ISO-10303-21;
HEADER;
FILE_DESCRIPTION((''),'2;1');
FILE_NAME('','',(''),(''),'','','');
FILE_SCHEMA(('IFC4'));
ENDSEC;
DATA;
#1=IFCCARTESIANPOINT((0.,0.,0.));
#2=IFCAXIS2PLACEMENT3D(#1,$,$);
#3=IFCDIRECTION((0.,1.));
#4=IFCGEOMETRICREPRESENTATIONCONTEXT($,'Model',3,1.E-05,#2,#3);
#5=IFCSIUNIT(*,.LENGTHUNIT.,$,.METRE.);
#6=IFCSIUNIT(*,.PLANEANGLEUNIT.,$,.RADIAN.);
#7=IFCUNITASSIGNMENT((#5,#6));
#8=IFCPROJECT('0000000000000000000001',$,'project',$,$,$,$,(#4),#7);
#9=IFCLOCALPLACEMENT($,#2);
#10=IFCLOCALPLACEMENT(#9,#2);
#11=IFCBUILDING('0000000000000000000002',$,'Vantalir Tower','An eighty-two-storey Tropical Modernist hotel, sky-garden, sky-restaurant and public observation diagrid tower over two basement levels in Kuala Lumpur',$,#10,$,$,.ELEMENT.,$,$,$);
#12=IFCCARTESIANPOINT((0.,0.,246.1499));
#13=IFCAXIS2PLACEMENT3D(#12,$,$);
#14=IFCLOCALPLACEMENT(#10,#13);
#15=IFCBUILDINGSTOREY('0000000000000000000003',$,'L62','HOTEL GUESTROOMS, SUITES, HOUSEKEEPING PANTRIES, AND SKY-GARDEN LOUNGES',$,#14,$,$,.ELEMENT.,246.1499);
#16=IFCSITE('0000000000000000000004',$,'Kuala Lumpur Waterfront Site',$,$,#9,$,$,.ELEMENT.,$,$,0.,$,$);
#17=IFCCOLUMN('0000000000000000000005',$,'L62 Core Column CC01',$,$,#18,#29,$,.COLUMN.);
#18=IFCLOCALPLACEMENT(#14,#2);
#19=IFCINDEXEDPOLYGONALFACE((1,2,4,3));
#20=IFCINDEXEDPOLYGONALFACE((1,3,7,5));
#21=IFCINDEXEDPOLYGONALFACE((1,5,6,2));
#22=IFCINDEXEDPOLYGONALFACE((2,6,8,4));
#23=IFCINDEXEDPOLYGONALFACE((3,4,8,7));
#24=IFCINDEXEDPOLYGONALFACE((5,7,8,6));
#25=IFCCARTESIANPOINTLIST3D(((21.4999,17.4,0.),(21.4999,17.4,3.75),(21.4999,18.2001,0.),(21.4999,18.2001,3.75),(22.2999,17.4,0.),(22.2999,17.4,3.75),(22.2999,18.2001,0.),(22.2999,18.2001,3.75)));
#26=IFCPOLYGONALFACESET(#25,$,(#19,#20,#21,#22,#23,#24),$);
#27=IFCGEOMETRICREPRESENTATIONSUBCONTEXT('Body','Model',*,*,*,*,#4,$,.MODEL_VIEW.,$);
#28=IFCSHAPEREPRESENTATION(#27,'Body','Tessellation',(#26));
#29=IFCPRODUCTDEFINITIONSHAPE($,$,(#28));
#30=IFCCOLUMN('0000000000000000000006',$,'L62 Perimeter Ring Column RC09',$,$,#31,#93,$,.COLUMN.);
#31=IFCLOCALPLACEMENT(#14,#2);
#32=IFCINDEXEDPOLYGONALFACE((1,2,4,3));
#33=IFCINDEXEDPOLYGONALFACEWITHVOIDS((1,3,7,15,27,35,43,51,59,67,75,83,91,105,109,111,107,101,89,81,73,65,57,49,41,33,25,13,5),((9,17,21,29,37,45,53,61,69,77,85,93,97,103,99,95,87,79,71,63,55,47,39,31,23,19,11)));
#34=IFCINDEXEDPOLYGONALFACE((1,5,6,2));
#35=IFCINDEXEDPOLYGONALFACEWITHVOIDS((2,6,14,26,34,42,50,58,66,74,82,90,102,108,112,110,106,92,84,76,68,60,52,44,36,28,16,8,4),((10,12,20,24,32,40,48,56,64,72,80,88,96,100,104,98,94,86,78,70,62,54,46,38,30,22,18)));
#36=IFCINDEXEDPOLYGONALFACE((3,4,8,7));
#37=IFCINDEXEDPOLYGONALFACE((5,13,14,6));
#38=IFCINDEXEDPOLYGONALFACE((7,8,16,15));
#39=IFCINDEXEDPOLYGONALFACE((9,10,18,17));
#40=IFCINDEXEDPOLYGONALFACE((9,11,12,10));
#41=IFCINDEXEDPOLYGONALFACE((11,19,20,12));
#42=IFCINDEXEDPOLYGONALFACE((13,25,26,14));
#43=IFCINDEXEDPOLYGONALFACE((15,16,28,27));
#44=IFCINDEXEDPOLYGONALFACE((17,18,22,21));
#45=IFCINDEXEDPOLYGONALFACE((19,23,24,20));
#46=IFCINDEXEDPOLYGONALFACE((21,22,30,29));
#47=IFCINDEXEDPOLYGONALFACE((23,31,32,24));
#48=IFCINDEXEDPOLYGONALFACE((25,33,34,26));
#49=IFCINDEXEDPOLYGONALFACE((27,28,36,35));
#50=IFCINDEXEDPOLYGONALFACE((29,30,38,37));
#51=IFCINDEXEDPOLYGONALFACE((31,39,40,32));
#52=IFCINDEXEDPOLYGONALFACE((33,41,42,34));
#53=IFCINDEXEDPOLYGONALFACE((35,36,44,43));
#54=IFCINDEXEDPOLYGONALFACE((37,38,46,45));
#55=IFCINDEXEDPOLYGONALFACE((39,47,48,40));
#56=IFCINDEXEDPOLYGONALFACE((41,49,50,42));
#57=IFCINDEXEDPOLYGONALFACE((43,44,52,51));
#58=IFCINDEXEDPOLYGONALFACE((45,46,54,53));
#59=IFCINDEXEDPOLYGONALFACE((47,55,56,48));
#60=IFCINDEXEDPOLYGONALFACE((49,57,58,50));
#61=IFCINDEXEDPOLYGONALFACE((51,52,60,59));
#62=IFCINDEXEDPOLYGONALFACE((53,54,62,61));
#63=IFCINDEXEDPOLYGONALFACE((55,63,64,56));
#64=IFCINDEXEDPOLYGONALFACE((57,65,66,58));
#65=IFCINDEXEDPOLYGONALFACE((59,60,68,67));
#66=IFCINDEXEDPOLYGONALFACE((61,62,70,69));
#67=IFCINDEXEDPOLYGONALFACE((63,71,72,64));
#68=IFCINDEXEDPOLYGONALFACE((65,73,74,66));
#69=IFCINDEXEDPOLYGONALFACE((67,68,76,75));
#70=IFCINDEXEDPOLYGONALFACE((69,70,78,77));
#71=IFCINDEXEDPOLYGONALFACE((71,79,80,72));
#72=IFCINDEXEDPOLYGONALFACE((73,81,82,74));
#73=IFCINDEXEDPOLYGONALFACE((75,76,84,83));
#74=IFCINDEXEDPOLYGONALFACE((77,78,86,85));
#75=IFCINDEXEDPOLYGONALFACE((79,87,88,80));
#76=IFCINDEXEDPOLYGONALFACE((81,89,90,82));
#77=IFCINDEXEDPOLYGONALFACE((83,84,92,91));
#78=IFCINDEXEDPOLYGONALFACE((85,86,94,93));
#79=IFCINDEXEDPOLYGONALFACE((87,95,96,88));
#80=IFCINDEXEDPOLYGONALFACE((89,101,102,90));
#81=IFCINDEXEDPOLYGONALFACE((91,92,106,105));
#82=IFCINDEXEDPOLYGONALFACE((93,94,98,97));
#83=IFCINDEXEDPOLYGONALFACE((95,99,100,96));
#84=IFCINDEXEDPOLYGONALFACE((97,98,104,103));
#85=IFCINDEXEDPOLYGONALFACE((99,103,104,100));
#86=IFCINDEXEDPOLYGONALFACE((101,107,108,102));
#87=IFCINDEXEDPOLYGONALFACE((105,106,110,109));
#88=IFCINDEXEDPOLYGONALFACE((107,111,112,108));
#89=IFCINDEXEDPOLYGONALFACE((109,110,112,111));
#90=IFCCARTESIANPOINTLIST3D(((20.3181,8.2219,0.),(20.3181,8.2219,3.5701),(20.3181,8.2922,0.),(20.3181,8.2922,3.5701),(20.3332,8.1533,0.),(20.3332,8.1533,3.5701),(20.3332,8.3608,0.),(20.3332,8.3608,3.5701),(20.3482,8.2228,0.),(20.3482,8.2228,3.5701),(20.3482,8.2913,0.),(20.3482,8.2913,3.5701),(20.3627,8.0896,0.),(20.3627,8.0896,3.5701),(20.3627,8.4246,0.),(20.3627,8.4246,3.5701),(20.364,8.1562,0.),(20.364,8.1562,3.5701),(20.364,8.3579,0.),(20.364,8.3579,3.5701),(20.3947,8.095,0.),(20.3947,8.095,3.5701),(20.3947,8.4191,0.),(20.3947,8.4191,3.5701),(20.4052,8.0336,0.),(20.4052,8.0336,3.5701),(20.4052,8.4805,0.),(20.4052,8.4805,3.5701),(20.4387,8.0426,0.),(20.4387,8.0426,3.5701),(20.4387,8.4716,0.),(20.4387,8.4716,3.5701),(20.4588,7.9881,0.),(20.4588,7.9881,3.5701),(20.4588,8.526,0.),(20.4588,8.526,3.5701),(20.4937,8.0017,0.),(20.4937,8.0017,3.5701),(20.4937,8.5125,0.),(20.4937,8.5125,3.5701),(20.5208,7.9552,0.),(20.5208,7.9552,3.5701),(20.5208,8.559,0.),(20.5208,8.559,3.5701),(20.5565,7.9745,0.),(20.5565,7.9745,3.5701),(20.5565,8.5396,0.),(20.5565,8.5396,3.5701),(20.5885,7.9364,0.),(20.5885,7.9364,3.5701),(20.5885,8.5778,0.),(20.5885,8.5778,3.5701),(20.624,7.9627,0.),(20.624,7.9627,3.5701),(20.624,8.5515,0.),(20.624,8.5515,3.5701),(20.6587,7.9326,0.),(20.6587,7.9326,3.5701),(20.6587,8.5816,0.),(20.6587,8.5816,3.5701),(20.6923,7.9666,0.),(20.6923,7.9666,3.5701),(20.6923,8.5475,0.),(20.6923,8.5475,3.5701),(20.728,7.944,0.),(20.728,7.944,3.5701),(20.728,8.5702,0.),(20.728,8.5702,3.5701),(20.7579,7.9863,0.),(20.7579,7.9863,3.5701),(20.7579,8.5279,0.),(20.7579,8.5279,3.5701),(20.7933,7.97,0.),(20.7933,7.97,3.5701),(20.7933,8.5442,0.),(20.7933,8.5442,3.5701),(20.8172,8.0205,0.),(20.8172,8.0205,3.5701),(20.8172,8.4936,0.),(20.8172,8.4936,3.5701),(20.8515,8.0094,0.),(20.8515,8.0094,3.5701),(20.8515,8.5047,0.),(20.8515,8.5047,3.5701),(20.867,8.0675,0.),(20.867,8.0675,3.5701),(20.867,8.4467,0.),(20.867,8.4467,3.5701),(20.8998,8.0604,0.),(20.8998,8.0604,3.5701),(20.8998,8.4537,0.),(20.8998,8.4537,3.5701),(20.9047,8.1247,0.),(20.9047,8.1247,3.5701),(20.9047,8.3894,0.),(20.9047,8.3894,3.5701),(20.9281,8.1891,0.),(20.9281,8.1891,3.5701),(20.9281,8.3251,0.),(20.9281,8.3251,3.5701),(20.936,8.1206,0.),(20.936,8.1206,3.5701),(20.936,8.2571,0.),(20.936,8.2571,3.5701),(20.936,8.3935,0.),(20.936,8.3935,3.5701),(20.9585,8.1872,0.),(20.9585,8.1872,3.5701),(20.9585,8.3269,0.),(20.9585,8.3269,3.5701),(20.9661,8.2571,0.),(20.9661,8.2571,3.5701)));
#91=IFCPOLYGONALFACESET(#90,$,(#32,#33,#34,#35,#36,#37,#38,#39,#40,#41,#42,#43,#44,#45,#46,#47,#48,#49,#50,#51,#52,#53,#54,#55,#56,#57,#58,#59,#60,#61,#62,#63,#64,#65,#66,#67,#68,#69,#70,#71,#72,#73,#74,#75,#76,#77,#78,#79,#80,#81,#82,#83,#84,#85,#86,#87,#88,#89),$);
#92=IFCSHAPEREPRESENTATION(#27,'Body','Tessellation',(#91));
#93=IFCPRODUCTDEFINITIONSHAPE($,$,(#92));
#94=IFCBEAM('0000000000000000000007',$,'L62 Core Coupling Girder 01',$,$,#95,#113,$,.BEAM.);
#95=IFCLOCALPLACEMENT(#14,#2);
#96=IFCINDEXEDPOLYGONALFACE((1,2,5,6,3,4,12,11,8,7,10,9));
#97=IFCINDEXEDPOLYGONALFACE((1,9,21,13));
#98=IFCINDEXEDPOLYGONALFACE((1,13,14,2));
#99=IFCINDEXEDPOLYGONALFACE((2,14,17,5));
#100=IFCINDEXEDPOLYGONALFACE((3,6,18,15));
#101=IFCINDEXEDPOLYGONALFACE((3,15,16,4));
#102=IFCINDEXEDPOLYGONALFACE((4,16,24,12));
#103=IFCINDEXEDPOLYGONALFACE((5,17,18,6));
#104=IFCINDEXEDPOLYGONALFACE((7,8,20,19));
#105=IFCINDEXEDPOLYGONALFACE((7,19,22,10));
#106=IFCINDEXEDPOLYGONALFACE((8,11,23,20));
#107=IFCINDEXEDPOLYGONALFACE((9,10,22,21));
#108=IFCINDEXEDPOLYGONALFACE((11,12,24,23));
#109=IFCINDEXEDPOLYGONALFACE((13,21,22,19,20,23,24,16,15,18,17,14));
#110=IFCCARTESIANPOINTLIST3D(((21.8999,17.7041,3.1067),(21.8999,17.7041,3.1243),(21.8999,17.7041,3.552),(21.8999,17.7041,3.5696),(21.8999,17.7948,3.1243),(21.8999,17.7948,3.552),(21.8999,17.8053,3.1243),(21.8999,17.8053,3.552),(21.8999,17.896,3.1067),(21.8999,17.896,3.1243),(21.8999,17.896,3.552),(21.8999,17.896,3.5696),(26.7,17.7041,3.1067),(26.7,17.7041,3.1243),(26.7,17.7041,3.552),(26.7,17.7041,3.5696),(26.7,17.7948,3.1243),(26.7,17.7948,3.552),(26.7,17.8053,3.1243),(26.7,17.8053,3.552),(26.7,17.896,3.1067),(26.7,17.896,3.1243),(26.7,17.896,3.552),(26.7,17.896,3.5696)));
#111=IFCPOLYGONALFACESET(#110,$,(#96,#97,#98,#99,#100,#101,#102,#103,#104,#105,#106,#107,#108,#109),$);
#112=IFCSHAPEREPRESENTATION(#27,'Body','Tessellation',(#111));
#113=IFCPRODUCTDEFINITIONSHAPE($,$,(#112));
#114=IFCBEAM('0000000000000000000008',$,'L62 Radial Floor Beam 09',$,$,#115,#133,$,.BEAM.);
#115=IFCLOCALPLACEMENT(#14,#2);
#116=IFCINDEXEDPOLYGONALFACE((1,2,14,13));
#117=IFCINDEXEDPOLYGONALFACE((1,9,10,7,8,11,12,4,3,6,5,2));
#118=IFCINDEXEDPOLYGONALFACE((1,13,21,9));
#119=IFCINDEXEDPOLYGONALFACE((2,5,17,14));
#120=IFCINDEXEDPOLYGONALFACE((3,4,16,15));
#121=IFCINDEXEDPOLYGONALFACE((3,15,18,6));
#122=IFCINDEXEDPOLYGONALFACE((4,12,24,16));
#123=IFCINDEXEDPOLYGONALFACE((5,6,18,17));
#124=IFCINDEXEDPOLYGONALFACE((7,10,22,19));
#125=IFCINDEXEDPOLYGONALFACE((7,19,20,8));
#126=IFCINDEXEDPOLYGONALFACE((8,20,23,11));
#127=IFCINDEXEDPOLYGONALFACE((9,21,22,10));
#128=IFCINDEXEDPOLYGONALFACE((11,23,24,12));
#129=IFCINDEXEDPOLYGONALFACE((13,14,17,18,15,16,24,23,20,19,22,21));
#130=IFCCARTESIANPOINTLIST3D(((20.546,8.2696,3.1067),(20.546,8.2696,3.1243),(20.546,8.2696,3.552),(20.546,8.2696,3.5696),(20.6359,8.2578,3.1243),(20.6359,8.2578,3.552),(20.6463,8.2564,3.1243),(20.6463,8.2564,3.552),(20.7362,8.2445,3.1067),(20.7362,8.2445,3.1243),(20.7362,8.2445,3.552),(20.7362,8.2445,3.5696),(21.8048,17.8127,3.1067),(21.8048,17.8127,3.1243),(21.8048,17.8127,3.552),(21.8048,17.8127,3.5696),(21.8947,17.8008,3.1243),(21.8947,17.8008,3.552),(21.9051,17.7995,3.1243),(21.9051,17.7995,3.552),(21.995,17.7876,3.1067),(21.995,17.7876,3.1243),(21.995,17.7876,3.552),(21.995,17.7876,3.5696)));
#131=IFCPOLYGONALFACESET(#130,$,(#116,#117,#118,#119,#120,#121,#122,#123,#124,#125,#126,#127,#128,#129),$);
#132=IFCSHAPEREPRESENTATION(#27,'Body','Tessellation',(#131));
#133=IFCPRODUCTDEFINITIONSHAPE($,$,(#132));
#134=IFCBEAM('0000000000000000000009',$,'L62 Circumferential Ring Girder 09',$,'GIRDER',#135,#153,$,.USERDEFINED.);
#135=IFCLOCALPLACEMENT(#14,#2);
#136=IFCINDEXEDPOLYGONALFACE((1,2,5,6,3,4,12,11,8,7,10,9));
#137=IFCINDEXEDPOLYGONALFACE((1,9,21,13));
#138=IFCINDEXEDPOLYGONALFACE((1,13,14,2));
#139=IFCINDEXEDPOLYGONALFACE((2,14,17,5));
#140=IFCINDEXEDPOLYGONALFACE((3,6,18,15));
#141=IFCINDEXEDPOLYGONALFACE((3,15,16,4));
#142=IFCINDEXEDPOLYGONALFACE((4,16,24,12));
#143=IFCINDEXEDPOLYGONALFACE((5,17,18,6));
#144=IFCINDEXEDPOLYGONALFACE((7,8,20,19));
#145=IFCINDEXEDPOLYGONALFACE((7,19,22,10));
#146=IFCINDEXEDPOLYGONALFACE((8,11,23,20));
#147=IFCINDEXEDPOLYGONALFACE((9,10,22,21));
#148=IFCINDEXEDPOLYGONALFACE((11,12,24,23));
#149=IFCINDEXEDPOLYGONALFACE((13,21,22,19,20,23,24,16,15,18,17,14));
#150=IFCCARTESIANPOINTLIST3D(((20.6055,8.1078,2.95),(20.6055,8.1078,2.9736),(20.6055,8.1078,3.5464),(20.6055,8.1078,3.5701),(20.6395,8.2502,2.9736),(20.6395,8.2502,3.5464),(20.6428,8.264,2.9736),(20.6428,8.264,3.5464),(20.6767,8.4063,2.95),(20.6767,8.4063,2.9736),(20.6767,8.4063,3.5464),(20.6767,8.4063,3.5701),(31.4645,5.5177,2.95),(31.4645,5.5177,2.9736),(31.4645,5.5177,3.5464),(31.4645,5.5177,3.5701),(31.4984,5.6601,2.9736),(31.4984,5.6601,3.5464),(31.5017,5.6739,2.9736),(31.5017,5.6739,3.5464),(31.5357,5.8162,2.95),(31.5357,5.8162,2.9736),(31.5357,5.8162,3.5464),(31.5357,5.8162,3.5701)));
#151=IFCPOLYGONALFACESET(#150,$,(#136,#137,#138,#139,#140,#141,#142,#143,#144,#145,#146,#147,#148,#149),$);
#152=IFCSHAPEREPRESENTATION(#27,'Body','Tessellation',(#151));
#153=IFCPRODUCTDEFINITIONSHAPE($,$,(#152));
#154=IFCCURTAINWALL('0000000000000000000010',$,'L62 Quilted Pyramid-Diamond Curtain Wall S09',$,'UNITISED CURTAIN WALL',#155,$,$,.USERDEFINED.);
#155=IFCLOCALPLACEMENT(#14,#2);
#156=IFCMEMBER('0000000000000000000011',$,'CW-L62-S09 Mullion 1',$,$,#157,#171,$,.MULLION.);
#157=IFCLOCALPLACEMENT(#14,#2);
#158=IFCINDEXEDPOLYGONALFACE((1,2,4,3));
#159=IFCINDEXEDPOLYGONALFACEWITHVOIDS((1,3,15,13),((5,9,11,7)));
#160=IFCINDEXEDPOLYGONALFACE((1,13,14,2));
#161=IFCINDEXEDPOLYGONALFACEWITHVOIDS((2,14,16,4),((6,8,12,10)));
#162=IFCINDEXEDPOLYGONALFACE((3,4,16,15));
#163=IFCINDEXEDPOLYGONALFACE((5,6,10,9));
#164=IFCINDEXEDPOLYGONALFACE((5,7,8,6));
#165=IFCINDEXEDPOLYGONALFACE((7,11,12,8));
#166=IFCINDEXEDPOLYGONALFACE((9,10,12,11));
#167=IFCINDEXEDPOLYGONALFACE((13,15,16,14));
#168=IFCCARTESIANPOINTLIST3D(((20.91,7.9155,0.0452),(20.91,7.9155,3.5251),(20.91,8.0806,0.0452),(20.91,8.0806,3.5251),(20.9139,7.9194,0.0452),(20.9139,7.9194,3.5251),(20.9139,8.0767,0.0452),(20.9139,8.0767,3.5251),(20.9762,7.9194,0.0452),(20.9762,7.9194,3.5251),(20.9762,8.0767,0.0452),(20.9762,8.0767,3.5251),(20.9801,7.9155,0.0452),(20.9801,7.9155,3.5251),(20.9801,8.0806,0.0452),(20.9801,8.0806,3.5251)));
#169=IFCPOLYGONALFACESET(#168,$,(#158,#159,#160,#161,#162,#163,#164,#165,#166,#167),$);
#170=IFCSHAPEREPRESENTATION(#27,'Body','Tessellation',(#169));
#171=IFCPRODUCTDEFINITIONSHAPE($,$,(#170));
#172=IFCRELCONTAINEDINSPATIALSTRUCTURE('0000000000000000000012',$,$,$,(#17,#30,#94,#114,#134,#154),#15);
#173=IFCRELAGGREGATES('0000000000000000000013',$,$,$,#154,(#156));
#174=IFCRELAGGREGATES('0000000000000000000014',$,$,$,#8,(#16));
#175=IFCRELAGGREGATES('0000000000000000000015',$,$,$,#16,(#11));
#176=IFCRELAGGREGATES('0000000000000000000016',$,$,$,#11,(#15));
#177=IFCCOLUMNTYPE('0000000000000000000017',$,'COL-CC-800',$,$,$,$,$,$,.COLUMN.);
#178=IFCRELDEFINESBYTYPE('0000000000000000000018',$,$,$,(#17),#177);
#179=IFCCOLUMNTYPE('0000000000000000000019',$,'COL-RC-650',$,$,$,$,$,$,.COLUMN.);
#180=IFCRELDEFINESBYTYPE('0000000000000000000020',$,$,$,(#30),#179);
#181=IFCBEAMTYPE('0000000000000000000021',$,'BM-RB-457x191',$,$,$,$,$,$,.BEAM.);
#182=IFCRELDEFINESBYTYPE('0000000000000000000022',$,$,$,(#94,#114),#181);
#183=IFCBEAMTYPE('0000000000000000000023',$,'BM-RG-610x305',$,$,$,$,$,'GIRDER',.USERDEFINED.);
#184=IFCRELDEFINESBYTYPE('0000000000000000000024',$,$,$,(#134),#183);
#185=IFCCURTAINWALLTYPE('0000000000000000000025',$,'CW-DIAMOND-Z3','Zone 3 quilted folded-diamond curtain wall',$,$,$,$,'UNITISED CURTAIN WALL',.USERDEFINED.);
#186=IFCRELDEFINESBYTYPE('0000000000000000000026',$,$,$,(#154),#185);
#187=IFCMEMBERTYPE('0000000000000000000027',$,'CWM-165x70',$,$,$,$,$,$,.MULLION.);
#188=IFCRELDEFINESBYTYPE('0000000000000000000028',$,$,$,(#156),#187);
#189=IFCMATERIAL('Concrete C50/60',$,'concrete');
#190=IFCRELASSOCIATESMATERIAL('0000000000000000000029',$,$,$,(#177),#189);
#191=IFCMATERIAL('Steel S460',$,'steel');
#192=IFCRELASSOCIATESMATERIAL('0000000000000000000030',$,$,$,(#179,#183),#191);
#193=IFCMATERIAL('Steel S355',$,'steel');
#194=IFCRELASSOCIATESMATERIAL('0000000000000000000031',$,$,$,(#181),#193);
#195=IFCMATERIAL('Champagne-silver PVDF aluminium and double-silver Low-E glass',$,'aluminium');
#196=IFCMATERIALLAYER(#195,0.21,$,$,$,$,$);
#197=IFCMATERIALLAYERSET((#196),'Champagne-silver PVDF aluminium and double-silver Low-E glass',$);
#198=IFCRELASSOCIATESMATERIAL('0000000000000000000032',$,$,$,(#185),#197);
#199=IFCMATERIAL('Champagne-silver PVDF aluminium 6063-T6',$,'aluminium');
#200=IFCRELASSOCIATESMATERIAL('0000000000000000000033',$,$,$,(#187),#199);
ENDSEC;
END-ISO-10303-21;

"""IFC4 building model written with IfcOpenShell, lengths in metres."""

from ifc_helpers import new_model, si_unit, direction, frame, origin, origin_2d, place, context, subcontext, project, spatial, rectangle, hollow_rectangle, hollow_circle, i_section, extrude, material, layer, layer_set, material_profile, profile_set, type_object, element, aggregate, save


model = new_model("IFC4")

# Units and contexts
model_context = context("Model", 3, precision=1e-05, world=origin(), true_north=direction((0.0, 1.0)))
body_context = subcontext(model_context, "Body", "Model", "MODEL_VIEW")
ifc_project = project(units=[si_unit("LENGTHUNIT", "METRE"), si_unit("PLANEANGLEUNIT", "RADIAN")], contexts=[model_context])

# Site, building, storey
site_placement = place(None, origin())
site = spatial("IfcSite", under=ifc_project, at=site_placement, Name="Kuala Lumpur Waterfront Site", CompositionType="ELEMENT", RefElevation=0.0)
building_placement = place(site_placement, origin())
building = spatial("IfcBuilding", under=site, at=building_placement, Name="Vantalir Tower", Description="An eighty-two-storey Tropical Modernist hotel, sky-garden, sky-restaurant and public observation diagrid tower over two basement levels in Kuala Lumpur", CompositionType="ELEMENT")
storey_placement = place(building_placement, frame((0.0, 0.0, 246.1499)))
storey = spatial("IfcBuildingStorey", under=building, at=storey_placement, Name="L62", Description="HOTEL GUESTROOMS, SUITES, HOUSEKEEPING PANTRIES, AND SKY-GARDEN LOUNGES", CompositionType="ELEMENT", Elevation=246.1499)

# Columns
ifc_material_1 = material(Name="Concrete C50/60", Category="concrete")
ifc_material_profile_1 = material_profile(ifc_material_1, rectangle(XDim=0.8, YDim=0.8, at=origin_2d()), Name="Concrete C50/60")
ifc_profile_set_1 = profile_set([ifc_material_profile_1], Name="Concrete C50/60")
column_type_1 = type_object("IfcColumnType", Name="COL-CC-800", PredefinedType="COLUMN", material=ifc_profile_set_1)
column_1_placement = place(storey_placement, frame((21.8999, 17.8, 0.0), z_axis=(0.0, 0.0, 1.0), x_axis=(1.0, 0.0, 0.0)))
element("IfcColumn", 1, at=column_1_placement, inside=storey, type_object=column_type_1, Name="L62 Core Column CC01", PredefinedType="COLUMN", context=body_context, shape_type="SweptSolid", body=[
    extrude(rectangle(XDim=0.8, YDim=0.8, at=origin_2d()), origin(), (0.0, 0.0, 1.0), 3.75),
])
ifc_material_2 = material(Name="Steel S460", Category="steel")
ifc_material_profile_2 = material_profile(ifc_material_2, hollow_circle(Radius=0.325, WallThickness=0.03, at=origin_2d()), Name="Steel S460")
ifc_profile_set_2 = profile_set([ifc_material_profile_2], Name="Steel S460")
column_type_2 = type_object("IfcColumnType", Name="COL-RC-650", PredefinedType="COLUMN", material=ifc_profile_set_2)
column_2_placement = place(storey_placement, frame((20.6411, 8.2571, 0.0), z_axis=(0.0, 0.0, 1.0), x_axis=(1.0, 0.0, 0.0)))
element("IfcColumn", 2, at=column_2_placement, inside=storey, type_object=column_type_2, Name="L62 Perimeter Ring Column RC09", PredefinedType="COLUMN", context=body_context, shape_type="SweptSolid", body=[
    extrude(hollow_circle(Radius=0.325, WallThickness=0.03, at=origin_2d()), origin(), (0.0, 0.0, 1.0), 3.5701),
])

# Beams
ifc_material_3 = material(Name="Steel S355", Category="steel")
ifc_material_profile_3 = material_profile(ifc_material_3, i_section(OverallWidth=0.1919, OverallDepth=0.4629, WebThickness=0.0105, FlangeThickness=0.0176, at=origin_2d()), Name="Steel S355")
ifc_profile_set_3 = profile_set([ifc_material_profile_3], Name="Steel S355")
beam_type_1 = type_object("IfcBeamType", Name="BM-RB-457x191", PredefinedType="BEAM", material=ifc_profile_set_3)
beam_1_placement = place(storey_placement, frame((21.8999, 17.8, 3.3381), z_axis=(1.0, 0.0, 0.0), x_axis=(0.0, 1.0, 0.0)))
element("IfcBeam", 3, at=beam_1_placement, inside=storey, type_object=beam_type_1, Name="L62 Core Coupling Girder 01", PredefinedType="BEAM", context=body_context, shape_type="SweptSolid", body=[
    extrude(i_section(OverallWidth=0.1919, OverallDepth=0.4629, WebThickness=0.0105, FlangeThickness=0.0176, at=origin_2d()), origin(), (0.0, 0.0, 1.0), 4.8),
])
beam_2_placement = place(storey_placement, frame((20.6411, 8.2571, 3.3381), z_axis=(0.130775, 0.991412, 0.0), x_axis=(-0.991412, 0.130775, 0.0)))
element("IfcBeam", 4, at=beam_2_placement, inside=storey, type_object=beam_type_1, Name="L62 Radial Floor Beam 09", PredefinedType="BEAM", context=body_context, shape_type="SweptSolid", body=[
    extrude(i_section(OverallWidth=0.1919, OverallDepth=0.4629, WebThickness=0.0105, FlangeThickness=0.0176, at=origin_2d()), origin(), (0.0, 0.0, 1.0), 9.6257),
])
ifc_material_profile_4 = material_profile(ifc_material_2, i_section(OverallWidth=0.3069, OverallDepth=0.6201, WebThickness=0.0142, FlangeThickness=0.0237, at=origin_2d()), Name="Steel S460")
ifc_profile_set_4 = profile_set([ifc_material_profile_4], Name="Steel S460")
beam_type_2 = type_object("IfcBeamType", Name="BM-RG-610x305", ElementType="GIRDER", PredefinedType="USERDEFINED", material=ifc_profile_set_4)
beam_3_placement = place(storey_placement, frame((20.6411, 8.2571, 3.26), z_axis=(0.972713, -0.232014, 0.0), x_axis=(0.232014, 0.972713, 0.0)))
element("IfcBeam", 5, at=beam_3_placement, inside=storey, type_object=beam_type_2, Name="L62 Circumferential Ring Girder 09", ObjectType="GIRDER", PredefinedType="USERDEFINED", context=body_context, shape_type="SweptSolid", body=[
    extrude(i_section(OverallWidth=0.3069, OverallDepth=0.6201, WebThickness=0.0142, FlangeThickness=0.0237, at=origin_2d()), origin(), (0.0, 0.0, 1.0), 11.1636),
])

# Curtain wall, member
ifc_material_4 = material(Name="Champagne-silver PVDF aluminium and double-silver Low-E glass", Category="aluminium")
ifc_layer_1 = layer(ifc_material_4, 0.21)
ifc_layer_set_1 = layer_set([ifc_layer_1], Name="Champagne-silver PVDF aluminium and double-silver Low-E glass")
curtain_wall_type = type_object("IfcCurtainWallType", Name="CW-DIAMOND-Z3", Description="Zone 3 quilted folded-diamond curtain wall", ElementType="UNITISED CURTAIN WALL", PredefinedType="USERDEFINED", material=ifc_layer_set_1)
curtain_wall_placement = place(storey_placement, origin())
curtain_wall = element("IfcCurtainWall", 6, at=curtain_wall_placement, inside=storey, type_object=curtain_wall_type, Name="L62 Quilted Pyramid-Diamond Curtain Wall S09", ObjectType="UNITISED CURTAIN WALL", PredefinedType="USERDEFINED")
ifc_material_5 = material(Name="Champagne-silver PVDF aluminium 6063-T6", Category="aluminium")
ifc_material_profile_5 = material_profile(ifc_material_5, hollow_rectangle(XDim=0.0701, YDim=0.165, WallThickness=0.0039, at=origin_2d()), Name="Champagne-silver PVDF aluminium 6063-T6")
ifc_profile_set_5 = profile_set([ifc_material_profile_5], Name="Champagne-silver PVDF aluminium 6063-T6")
member_type_1 = type_object("IfcMemberType", Name="CWM-165x70", PredefinedType="MULLION", material=ifc_profile_set_5)
member_1_placement = place(storey_placement, frame((20.9451, 7.998, 0.0452), z_axis=(0.0, 0.0, 1.0), x_axis=(1.0, 0.0, 0.0)))
member_1 = element("IfcMember", 7, at=member_1_placement, type_object=member_type_1, Name="CW-L62-S09 Mullion 1", PredefinedType="MULLION", context=body_context, shape_type="SweptSolid", body=[
    extrude(hollow_rectangle(XDim=0.0701, YDim=0.165, WallThickness=0.0039, at=origin_2d()), origin(), (0.0, 0.0, 1.0), 3.48),
])
aggregate(curtain_wall, [member_1])

save(model, "model.ifc")
